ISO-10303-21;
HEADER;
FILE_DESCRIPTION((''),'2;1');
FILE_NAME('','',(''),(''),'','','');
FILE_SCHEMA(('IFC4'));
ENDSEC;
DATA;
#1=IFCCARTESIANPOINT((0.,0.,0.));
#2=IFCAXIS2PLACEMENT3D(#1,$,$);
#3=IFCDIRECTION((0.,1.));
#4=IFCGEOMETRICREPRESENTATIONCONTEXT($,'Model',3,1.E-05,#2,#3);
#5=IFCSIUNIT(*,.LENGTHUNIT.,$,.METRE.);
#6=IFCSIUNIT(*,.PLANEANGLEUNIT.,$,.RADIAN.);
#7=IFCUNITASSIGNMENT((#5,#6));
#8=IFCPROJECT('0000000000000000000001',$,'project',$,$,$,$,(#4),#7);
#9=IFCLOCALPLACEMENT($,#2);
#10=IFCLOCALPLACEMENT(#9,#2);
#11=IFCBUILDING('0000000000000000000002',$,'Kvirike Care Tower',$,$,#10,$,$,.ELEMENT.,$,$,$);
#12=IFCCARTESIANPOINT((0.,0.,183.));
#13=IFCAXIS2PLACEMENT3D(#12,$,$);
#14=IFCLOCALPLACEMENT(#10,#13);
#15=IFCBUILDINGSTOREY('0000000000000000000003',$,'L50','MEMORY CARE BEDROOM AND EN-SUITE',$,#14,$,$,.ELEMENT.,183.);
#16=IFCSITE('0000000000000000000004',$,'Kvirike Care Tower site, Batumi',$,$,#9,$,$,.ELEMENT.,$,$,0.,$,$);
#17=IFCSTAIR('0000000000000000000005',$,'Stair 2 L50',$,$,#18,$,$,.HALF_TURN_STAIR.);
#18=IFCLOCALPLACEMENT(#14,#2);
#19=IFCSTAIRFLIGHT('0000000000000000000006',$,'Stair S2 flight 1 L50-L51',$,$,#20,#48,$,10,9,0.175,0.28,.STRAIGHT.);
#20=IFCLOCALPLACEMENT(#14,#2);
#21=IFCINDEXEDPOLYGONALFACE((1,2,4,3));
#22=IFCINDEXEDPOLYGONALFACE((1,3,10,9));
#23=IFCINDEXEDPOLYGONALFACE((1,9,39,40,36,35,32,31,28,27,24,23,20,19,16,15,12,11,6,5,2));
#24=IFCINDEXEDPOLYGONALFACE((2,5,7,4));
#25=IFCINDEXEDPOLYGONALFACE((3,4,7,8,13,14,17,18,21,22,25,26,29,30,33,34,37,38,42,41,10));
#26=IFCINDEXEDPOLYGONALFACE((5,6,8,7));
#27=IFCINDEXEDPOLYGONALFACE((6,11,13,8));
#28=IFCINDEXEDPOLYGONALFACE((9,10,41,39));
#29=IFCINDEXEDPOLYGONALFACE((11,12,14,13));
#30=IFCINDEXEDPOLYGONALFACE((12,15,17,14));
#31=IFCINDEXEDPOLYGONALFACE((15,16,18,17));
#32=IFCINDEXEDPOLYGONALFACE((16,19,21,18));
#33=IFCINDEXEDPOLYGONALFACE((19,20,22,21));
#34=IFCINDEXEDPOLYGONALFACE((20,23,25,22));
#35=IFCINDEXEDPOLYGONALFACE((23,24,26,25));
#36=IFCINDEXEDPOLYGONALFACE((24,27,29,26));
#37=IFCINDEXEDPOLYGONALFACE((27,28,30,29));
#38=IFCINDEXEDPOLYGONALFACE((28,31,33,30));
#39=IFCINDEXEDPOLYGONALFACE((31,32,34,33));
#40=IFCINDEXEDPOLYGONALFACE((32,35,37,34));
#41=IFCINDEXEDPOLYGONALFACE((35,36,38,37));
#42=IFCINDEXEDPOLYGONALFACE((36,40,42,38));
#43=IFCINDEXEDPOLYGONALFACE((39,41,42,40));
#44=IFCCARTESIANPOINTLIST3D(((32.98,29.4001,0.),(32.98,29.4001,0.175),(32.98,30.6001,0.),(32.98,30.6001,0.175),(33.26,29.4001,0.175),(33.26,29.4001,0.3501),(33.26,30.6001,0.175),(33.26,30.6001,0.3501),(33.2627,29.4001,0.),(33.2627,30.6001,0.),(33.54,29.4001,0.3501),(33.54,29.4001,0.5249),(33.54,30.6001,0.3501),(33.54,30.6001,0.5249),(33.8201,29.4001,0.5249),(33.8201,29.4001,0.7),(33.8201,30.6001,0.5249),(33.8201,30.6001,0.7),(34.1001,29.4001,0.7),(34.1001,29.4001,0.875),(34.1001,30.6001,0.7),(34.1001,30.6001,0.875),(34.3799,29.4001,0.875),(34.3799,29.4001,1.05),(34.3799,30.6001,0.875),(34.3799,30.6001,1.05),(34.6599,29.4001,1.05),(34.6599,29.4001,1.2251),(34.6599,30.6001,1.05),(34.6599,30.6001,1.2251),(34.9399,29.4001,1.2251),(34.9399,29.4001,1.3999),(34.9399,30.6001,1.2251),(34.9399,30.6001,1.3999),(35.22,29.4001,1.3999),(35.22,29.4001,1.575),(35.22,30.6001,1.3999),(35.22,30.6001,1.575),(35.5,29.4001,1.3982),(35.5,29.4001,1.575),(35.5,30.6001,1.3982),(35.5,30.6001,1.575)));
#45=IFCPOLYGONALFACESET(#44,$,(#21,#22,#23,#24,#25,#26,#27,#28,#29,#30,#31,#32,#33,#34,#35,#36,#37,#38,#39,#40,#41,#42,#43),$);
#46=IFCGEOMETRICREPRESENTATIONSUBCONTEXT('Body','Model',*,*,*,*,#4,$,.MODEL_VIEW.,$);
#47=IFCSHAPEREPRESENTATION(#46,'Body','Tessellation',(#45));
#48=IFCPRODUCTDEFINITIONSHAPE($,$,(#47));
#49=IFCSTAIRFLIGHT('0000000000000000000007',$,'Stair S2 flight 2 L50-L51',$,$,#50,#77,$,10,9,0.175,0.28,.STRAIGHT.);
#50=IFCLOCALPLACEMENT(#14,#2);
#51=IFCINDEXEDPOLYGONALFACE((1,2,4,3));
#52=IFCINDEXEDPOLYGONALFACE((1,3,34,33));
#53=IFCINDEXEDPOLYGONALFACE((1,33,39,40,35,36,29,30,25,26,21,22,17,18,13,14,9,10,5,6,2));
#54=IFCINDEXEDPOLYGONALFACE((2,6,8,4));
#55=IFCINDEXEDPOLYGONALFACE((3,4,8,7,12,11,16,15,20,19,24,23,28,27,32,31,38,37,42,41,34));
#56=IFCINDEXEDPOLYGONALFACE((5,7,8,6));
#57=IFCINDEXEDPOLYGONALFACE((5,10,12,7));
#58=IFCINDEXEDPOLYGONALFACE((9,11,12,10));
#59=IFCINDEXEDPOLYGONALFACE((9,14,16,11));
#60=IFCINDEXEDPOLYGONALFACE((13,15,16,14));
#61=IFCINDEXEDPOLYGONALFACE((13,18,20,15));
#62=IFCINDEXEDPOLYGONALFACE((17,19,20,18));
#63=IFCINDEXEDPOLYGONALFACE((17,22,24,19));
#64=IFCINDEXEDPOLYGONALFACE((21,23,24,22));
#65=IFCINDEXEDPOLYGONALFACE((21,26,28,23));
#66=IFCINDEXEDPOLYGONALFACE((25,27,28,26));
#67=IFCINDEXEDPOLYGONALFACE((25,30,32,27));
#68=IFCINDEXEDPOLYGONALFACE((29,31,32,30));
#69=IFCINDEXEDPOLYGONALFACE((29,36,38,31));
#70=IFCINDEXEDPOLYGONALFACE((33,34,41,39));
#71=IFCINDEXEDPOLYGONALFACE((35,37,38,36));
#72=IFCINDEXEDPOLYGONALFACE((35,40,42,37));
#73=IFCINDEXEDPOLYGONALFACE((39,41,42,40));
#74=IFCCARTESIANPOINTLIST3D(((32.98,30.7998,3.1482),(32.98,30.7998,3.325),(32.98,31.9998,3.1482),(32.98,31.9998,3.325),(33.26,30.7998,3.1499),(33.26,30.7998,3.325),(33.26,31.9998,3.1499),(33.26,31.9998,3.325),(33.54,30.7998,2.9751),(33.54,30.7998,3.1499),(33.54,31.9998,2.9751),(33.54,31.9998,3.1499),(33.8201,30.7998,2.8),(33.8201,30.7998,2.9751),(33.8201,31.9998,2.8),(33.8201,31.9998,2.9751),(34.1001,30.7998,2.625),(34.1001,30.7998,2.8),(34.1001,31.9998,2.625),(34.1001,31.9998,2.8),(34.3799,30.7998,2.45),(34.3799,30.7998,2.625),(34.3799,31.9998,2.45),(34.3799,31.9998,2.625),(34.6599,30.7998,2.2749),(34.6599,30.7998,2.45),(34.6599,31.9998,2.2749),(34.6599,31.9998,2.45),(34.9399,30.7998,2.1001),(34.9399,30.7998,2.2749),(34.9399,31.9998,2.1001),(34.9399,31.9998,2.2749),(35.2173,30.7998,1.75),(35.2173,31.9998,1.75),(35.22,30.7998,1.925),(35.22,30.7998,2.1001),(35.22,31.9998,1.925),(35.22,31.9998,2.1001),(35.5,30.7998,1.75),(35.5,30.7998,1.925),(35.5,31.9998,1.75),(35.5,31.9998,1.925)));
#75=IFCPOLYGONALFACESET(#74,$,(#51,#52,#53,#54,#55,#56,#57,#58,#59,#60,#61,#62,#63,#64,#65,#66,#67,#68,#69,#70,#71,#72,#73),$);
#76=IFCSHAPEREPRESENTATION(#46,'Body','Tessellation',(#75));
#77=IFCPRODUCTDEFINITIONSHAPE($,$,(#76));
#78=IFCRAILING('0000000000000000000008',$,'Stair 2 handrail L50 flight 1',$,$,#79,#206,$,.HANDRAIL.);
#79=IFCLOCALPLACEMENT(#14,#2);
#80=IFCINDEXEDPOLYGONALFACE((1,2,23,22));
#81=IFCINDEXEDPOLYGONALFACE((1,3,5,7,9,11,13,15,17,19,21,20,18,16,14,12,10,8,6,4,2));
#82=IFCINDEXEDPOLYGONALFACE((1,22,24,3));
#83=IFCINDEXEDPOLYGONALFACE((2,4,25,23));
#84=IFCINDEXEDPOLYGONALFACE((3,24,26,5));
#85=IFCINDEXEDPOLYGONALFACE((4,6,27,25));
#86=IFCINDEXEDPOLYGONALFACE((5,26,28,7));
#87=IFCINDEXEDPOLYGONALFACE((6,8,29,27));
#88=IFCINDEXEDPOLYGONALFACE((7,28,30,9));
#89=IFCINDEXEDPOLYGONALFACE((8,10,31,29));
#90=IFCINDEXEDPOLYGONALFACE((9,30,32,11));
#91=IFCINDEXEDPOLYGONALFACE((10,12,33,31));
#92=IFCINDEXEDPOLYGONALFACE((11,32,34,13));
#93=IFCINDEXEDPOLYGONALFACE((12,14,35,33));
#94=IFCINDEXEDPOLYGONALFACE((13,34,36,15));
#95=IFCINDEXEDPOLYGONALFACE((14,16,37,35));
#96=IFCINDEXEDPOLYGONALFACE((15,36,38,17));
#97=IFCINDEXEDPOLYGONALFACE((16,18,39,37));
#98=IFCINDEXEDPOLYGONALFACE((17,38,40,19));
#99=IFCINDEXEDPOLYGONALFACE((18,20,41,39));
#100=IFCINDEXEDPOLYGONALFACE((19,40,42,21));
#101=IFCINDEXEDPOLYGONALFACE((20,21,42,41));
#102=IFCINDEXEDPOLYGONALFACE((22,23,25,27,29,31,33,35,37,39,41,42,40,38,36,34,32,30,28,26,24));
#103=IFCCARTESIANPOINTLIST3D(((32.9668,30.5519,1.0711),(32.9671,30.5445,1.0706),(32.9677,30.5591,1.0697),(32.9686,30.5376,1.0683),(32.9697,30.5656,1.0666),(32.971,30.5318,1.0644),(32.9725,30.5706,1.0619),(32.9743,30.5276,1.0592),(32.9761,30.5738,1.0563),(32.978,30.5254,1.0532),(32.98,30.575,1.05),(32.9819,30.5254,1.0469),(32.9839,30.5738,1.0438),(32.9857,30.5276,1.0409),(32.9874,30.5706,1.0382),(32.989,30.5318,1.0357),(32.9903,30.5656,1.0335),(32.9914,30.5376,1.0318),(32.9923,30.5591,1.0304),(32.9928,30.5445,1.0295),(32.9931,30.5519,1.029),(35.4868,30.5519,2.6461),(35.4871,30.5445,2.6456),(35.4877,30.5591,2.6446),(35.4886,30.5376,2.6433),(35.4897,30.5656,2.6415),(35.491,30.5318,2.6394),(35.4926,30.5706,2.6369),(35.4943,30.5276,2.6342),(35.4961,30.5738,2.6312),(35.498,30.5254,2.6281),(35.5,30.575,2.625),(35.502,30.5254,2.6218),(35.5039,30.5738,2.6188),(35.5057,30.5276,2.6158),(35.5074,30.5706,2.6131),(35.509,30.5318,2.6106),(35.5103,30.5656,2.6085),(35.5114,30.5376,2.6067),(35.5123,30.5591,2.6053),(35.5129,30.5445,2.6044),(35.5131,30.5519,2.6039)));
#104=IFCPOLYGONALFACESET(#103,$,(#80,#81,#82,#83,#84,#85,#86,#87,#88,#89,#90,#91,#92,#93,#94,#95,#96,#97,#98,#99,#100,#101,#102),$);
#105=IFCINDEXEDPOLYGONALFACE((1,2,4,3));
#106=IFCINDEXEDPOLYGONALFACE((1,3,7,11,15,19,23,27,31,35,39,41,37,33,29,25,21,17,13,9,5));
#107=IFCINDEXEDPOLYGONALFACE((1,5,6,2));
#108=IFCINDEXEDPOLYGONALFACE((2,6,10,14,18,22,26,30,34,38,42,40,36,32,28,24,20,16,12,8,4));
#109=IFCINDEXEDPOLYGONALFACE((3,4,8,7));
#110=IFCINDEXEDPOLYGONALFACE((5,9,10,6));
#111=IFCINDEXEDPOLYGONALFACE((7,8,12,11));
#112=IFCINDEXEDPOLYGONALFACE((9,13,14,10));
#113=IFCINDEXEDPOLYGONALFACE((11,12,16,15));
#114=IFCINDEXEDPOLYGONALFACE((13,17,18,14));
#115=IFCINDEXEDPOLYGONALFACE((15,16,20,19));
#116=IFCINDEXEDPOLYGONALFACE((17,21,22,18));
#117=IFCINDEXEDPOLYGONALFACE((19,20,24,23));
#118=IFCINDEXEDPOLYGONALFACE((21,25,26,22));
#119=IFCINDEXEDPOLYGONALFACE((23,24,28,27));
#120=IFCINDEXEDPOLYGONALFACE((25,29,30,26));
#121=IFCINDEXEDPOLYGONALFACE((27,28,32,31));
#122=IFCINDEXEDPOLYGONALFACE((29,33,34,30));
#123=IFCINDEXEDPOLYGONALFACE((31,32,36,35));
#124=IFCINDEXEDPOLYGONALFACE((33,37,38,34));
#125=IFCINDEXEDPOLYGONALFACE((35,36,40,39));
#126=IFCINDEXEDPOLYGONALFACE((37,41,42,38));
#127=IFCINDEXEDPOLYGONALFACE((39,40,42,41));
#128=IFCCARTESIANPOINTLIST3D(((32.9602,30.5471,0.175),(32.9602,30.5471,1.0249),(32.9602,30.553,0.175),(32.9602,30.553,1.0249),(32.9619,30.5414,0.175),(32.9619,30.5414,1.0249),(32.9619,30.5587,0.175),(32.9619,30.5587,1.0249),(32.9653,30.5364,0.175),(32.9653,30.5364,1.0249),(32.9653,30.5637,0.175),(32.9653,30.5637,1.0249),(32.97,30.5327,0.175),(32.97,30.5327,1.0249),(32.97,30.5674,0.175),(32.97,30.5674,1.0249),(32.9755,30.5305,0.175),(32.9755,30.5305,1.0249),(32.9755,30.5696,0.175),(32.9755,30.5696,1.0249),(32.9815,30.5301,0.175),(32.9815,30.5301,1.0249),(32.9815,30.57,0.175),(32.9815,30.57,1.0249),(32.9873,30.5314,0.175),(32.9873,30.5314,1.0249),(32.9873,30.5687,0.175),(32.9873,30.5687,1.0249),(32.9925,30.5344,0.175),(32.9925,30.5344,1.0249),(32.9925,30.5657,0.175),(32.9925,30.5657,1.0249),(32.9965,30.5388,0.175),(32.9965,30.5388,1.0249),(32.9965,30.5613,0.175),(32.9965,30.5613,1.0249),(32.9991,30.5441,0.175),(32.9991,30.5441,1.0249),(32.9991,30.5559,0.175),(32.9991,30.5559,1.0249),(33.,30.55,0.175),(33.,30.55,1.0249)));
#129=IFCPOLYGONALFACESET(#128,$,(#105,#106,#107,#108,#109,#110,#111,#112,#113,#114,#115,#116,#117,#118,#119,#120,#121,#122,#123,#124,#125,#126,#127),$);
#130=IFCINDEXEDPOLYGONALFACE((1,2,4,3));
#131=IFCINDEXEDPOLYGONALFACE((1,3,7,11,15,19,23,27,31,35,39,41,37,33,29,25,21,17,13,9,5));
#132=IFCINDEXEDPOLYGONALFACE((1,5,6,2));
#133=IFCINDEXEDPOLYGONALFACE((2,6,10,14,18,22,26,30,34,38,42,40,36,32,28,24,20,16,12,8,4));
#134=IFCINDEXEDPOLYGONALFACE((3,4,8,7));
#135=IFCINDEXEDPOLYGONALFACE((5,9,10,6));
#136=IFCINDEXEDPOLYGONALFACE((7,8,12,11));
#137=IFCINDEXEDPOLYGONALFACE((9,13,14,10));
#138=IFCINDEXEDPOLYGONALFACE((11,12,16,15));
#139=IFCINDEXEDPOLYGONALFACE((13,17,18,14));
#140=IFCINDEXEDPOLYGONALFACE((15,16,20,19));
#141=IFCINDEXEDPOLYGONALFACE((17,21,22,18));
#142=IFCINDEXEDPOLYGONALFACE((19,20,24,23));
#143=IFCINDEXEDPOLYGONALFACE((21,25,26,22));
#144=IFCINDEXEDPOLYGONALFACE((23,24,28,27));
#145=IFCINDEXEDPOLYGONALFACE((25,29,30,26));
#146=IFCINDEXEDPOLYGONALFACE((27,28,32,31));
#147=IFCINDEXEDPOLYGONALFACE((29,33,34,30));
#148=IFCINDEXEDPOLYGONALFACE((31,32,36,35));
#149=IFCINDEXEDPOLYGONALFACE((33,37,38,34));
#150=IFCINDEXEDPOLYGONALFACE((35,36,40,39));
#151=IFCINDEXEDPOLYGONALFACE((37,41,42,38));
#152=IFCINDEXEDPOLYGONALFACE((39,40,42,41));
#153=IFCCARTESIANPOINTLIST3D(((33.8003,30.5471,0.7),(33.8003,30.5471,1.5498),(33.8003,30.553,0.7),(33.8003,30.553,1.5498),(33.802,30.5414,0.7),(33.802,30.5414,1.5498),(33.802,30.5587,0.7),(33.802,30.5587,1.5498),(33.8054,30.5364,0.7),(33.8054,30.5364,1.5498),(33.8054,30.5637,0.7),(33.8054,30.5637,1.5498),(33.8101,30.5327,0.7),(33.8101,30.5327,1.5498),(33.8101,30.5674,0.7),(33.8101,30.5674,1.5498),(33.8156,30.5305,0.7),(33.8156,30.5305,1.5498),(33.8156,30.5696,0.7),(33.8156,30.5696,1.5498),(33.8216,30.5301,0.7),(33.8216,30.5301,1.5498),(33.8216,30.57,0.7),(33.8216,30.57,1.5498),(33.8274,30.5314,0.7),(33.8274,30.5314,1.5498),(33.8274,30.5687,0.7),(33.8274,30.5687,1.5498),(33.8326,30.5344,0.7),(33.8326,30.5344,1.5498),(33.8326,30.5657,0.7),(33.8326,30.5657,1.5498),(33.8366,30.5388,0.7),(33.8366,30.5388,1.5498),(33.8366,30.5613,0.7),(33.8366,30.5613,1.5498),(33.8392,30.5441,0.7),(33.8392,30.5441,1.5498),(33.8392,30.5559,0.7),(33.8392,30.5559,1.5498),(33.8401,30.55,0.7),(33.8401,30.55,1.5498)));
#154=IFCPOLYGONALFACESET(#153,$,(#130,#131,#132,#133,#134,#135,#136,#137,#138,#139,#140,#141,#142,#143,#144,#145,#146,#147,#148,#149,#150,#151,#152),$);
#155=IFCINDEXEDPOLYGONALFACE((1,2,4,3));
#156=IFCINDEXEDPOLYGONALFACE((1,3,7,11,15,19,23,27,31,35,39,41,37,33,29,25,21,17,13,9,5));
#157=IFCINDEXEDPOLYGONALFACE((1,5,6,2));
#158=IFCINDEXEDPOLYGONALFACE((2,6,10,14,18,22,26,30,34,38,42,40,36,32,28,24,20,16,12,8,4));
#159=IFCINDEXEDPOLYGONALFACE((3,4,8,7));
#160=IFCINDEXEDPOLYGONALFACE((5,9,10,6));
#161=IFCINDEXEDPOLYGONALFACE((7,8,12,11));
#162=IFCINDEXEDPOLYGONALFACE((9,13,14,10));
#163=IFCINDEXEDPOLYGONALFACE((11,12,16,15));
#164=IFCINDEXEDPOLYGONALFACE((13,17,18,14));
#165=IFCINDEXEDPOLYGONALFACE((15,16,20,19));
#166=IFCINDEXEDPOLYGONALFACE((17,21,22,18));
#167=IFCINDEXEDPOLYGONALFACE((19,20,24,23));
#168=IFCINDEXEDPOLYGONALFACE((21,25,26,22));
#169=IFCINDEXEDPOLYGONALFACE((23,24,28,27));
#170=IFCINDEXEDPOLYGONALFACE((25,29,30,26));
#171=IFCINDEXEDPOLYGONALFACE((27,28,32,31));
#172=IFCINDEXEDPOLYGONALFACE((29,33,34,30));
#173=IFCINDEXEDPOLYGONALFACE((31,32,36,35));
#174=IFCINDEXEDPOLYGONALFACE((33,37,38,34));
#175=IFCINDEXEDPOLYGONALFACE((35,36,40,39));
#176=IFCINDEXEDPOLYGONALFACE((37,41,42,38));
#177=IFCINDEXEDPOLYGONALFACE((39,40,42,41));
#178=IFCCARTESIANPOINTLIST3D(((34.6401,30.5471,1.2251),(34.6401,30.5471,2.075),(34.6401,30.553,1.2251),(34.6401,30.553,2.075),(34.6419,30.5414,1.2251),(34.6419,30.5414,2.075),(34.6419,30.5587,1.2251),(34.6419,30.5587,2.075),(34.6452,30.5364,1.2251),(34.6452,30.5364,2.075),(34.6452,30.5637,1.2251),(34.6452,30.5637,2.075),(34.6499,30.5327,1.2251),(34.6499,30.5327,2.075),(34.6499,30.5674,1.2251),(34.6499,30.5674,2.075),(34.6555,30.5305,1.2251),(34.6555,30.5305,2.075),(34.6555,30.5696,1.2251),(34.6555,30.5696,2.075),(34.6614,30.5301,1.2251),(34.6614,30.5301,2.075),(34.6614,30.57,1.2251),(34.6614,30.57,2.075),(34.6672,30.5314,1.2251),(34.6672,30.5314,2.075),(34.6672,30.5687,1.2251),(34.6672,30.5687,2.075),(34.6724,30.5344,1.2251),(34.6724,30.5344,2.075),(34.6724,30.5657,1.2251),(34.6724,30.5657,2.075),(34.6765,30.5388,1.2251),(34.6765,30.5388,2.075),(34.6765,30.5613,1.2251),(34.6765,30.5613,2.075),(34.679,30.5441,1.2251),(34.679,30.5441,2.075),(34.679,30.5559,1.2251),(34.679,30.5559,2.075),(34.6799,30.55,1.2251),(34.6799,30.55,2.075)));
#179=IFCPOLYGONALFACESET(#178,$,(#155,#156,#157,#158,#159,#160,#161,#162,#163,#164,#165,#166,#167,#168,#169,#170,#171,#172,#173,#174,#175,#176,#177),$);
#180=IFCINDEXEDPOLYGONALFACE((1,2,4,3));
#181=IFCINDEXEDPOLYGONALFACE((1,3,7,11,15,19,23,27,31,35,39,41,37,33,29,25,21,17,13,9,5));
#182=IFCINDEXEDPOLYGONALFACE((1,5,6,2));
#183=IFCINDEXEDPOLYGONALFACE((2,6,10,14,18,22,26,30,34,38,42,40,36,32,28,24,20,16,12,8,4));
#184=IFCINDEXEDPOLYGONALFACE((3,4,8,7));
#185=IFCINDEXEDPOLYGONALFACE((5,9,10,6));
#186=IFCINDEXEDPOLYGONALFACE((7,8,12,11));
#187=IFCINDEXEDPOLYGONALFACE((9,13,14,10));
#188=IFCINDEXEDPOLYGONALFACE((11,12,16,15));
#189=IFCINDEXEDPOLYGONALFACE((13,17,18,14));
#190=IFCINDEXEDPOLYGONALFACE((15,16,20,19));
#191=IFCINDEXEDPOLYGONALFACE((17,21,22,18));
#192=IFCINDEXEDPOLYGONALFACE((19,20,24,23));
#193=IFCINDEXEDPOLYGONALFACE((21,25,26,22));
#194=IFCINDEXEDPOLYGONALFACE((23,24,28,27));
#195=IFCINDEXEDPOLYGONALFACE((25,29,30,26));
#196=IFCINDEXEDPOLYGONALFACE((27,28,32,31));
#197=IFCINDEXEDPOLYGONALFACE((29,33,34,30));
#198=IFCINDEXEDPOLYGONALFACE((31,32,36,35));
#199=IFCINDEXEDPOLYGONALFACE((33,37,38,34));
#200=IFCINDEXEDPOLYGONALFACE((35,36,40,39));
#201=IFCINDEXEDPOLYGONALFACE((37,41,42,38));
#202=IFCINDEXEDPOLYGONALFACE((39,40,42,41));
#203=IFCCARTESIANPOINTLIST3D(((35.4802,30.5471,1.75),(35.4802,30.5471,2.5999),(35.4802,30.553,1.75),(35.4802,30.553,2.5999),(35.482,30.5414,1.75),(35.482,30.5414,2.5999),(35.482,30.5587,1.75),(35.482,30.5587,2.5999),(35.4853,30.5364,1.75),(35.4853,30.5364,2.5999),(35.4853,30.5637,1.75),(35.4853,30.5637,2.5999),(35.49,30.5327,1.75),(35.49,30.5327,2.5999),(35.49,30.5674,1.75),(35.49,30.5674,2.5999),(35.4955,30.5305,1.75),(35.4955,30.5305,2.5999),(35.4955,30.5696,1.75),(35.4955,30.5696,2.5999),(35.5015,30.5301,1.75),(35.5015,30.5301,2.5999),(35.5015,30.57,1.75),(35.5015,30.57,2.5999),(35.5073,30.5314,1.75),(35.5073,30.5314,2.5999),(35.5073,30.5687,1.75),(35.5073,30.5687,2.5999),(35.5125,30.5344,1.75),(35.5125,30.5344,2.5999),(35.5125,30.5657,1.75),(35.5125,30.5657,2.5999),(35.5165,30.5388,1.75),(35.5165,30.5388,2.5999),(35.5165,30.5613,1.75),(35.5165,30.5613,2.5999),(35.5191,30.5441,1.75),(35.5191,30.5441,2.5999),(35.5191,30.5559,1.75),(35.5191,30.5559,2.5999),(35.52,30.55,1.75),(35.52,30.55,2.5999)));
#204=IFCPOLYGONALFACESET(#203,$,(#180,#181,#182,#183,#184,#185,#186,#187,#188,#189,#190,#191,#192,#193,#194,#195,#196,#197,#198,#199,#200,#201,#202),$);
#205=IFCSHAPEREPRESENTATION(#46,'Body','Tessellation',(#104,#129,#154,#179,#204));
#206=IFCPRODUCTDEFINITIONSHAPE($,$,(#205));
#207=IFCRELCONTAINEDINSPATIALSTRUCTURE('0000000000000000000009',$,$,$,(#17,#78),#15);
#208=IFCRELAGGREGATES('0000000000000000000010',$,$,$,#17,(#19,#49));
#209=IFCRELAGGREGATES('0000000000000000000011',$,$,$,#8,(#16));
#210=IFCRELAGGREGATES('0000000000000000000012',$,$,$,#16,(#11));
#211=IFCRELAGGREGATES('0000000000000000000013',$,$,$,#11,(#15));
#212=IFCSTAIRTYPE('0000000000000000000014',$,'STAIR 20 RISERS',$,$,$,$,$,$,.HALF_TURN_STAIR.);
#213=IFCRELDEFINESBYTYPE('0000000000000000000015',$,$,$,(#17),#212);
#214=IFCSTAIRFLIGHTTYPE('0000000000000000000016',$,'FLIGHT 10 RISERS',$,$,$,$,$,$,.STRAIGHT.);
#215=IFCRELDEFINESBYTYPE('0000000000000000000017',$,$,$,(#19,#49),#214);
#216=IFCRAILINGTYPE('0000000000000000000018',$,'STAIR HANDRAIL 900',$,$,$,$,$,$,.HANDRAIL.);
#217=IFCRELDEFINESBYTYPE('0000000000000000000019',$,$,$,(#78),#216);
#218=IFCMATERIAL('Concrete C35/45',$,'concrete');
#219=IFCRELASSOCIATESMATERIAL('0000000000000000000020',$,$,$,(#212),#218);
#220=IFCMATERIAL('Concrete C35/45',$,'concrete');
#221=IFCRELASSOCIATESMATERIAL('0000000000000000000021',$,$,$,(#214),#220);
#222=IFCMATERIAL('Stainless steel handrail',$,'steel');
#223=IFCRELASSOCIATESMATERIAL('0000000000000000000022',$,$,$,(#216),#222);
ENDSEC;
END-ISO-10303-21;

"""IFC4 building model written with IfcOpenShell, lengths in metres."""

from ifc_helpers import new_model, si_unit, direction, frame, origin, origin_2d, place, context, subcontext, project, spatial, polyline, circle, outline, extrude, material, type_object, element, aggregate, save


model = new_model("IFC4")

# Units and contexts
model_context = context("Model", 3, precision=1e-05, world=origin(), true_north=direction((0.0, 1.0)))
body_context = subcontext(model_context, "Body", "Model", "MODEL_VIEW")
ifc_project = project(units=[si_unit("LENGTHUNIT", "METRE"), si_unit("PLANEANGLEUNIT", "RADIAN")], contexts=[model_context])

# Site, building, storey
site_placement = place(None, origin())
site = spatial("IfcSite", under=ifc_project, at=site_placement, Name="Kvirike Care Tower site, Batumi", CompositionType="ELEMENT", RefElevation=0.0)
building_placement = place(site_placement, origin())
building = spatial("IfcBuilding", under=site, at=building_placement, Name="Kvirike Care Tower", CompositionType="ELEMENT")
storey_placement = place(building_placement, frame((0.0, 0.0, 183.0)))
storey = spatial("IfcBuildingStorey", under=building, at=storey_placement, Name="L50", Description="MEMORY CARE BEDROOM AND EN-SUITE", CompositionType="ELEMENT", Elevation=183.0)

# Stair, stair flights
ifc_material_1 = material(Name="Concrete C35/45", Category="concrete")
stair_type = type_object("IfcStairType", Name="STAIR 20 RISERS", PredefinedType="HALF_TURN_STAIR", material=ifc_material_1)
stair_placement = place(storey_placement, origin())
stair = element("IfcStair", 1, at=stair_placement, inside=storey, type_object=stair_type, Name="Stair 2 L50", PredefinedType="HALF_TURN_STAIR")
ifc_material_2 = material(Name="Concrete C35/45", Category="concrete")
stair_flight_type = type_object("IfcStairFlightType", Name="FLIGHT 10 RISERS", PredefinedType="STRAIGHT", material=ifc_material_2)
stair_flight_1_placement = place(storey_placement, frame((32.98, 30.0, 0.0), z_axis=(0.0, 0.0, 1.0), x_axis=(1.0, 0.0, 0.0)))
stair_flight_1 = element("IfcStairFlight", 2, at=stair_flight_1_placement, type_object=stair_flight_type, Name="Stair S2 flight 1 L50-L51", NumberOfRisers=10, NumberOfTreads=9, PredefinedType="STRAIGHT", RiserHeight=0.175, TreadLength=0.28, context=body_context, shape_type="SweptSolid", body=[
    extrude(outline(polyline([(0.0, 0.0), (0.0, 0.175), (0.28, 0.175), (0.28, 0.3501), (0.5601, 0.3501), (0.5601, 0.5249), (0.8401, 0.5249), (0.8401, 0.7), (1.1201, 0.7), (1.1201, 0.875), (1.3999, 0.875), (1.3999, 1.05), (1.6799, 1.05), (1.6799, 1.2251), (1.96, 1.2251), (1.96, 1.3999), (2.24, 1.3999), (2.24, 1.575), (2.52, 1.575), (2.52, 1.75), (2.52, 1.3982), (0.2827, 0.0), (0.0, 0.0)])), frame((0.0, 0.6001, 0.0), z_axis=(0.0, -1.0, 0.0), x_axis=(1.0, 0.0, 0.0)), (0.0, 0.0, 1.0), 1.2),
])
stair_flight_2_placement = place(storey_placement, frame((35.5, 31.3999, 1.75), z_axis=(0.0, 0.0, 1.0), x_axis=(-1.0, 0.0, 0.0)))
stair_flight_2 = element("IfcStairFlight", 3, at=stair_flight_2_placement, type_object=stair_flight_type, Name="Stair S2 flight 2 L50-L51", NumberOfRisers=10, NumberOfTreads=9, PredefinedType="STRAIGHT", RiserHeight=0.175, TreadLength=0.28, context=body_context, shape_type="SweptSolid", body=[
    extrude(outline(polyline([(0.0, 0.0), (0.0, 0.175), (0.28, 0.175), (0.28, 0.3501), (0.5601, 0.3501), (0.5601, 0.5249), (0.8401, 0.5249), (0.8401, 0.7), (1.1201, 0.7), (1.1201, 0.875), (1.3999, 0.875), (1.3999, 1.05), (1.6799, 1.05), (1.6799, 1.2251), (1.96, 1.2251), (1.96, 1.3999), (2.24, 1.3999), (2.24, 1.575), (2.52, 1.575), (2.52, 1.75), (2.52, 1.3982), (0.2827, 0.0), (0.0, 0.0)])), frame((0.0, 0.6001, 0.0), z_axis=(0.0, -1.0, 0.0), x_axis=(1.0, 0.0, 0.0)), (0.0, 0.0, 1.0), 1.2),
])
aggregate(stair, [stair_flight_1, stair_flight_2])

# Railing
ifc_material_3 = material(Name="Stainless steel handrail", Category="steel")
railing_type = type_object("IfcRailingType", Name="STAIR HANDRAIL 900", PredefinedType="HANDRAIL", material=ifc_material_3)
railing_1_placement = place(storey_placement, frame((32.98, 30.55, 0.175)))
element("IfcRailing", 4, at=railing_1_placement, inside=storey, type_object=railing_type, Name="Stair 2 handrail L50 flight 1", PredefinedType="HANDRAIL", context=body_context, shape_type="SweptSolid", body=[
    extrude(circle(Radius=0.0249, at=origin_2d()), frame((0.0, 0.0, 0.875), z_axis=(0.848008, 0.0, 0.529984), x_axis=(0.0, 1.0, 0.0)), (0.0, 0.0, 1.0), 2.9717),
    extrude(circle(Radius=0.02, at=origin_2d()), origin(), (0.0, 0.0, 1.0), 0.8499),
    extrude(circle(Radius=0.02, at=origin_2d()), frame((0.8401, 0.0, 0.5249)), (0.0, 0.0, 1.0), 0.8499),
    extrude(circle(Radius=0.02, at=origin_2d()), frame((1.6799, 0.0, 1.05)), (0.0, 0.0, 1.0), 0.8499),
    extrude(circle(Radius=0.02, at=origin_2d()), frame((2.52, 0.0, 1.575)), (0.0, 0.0, 1.0), 0.8499),
])

save(model, "model.ifc")
